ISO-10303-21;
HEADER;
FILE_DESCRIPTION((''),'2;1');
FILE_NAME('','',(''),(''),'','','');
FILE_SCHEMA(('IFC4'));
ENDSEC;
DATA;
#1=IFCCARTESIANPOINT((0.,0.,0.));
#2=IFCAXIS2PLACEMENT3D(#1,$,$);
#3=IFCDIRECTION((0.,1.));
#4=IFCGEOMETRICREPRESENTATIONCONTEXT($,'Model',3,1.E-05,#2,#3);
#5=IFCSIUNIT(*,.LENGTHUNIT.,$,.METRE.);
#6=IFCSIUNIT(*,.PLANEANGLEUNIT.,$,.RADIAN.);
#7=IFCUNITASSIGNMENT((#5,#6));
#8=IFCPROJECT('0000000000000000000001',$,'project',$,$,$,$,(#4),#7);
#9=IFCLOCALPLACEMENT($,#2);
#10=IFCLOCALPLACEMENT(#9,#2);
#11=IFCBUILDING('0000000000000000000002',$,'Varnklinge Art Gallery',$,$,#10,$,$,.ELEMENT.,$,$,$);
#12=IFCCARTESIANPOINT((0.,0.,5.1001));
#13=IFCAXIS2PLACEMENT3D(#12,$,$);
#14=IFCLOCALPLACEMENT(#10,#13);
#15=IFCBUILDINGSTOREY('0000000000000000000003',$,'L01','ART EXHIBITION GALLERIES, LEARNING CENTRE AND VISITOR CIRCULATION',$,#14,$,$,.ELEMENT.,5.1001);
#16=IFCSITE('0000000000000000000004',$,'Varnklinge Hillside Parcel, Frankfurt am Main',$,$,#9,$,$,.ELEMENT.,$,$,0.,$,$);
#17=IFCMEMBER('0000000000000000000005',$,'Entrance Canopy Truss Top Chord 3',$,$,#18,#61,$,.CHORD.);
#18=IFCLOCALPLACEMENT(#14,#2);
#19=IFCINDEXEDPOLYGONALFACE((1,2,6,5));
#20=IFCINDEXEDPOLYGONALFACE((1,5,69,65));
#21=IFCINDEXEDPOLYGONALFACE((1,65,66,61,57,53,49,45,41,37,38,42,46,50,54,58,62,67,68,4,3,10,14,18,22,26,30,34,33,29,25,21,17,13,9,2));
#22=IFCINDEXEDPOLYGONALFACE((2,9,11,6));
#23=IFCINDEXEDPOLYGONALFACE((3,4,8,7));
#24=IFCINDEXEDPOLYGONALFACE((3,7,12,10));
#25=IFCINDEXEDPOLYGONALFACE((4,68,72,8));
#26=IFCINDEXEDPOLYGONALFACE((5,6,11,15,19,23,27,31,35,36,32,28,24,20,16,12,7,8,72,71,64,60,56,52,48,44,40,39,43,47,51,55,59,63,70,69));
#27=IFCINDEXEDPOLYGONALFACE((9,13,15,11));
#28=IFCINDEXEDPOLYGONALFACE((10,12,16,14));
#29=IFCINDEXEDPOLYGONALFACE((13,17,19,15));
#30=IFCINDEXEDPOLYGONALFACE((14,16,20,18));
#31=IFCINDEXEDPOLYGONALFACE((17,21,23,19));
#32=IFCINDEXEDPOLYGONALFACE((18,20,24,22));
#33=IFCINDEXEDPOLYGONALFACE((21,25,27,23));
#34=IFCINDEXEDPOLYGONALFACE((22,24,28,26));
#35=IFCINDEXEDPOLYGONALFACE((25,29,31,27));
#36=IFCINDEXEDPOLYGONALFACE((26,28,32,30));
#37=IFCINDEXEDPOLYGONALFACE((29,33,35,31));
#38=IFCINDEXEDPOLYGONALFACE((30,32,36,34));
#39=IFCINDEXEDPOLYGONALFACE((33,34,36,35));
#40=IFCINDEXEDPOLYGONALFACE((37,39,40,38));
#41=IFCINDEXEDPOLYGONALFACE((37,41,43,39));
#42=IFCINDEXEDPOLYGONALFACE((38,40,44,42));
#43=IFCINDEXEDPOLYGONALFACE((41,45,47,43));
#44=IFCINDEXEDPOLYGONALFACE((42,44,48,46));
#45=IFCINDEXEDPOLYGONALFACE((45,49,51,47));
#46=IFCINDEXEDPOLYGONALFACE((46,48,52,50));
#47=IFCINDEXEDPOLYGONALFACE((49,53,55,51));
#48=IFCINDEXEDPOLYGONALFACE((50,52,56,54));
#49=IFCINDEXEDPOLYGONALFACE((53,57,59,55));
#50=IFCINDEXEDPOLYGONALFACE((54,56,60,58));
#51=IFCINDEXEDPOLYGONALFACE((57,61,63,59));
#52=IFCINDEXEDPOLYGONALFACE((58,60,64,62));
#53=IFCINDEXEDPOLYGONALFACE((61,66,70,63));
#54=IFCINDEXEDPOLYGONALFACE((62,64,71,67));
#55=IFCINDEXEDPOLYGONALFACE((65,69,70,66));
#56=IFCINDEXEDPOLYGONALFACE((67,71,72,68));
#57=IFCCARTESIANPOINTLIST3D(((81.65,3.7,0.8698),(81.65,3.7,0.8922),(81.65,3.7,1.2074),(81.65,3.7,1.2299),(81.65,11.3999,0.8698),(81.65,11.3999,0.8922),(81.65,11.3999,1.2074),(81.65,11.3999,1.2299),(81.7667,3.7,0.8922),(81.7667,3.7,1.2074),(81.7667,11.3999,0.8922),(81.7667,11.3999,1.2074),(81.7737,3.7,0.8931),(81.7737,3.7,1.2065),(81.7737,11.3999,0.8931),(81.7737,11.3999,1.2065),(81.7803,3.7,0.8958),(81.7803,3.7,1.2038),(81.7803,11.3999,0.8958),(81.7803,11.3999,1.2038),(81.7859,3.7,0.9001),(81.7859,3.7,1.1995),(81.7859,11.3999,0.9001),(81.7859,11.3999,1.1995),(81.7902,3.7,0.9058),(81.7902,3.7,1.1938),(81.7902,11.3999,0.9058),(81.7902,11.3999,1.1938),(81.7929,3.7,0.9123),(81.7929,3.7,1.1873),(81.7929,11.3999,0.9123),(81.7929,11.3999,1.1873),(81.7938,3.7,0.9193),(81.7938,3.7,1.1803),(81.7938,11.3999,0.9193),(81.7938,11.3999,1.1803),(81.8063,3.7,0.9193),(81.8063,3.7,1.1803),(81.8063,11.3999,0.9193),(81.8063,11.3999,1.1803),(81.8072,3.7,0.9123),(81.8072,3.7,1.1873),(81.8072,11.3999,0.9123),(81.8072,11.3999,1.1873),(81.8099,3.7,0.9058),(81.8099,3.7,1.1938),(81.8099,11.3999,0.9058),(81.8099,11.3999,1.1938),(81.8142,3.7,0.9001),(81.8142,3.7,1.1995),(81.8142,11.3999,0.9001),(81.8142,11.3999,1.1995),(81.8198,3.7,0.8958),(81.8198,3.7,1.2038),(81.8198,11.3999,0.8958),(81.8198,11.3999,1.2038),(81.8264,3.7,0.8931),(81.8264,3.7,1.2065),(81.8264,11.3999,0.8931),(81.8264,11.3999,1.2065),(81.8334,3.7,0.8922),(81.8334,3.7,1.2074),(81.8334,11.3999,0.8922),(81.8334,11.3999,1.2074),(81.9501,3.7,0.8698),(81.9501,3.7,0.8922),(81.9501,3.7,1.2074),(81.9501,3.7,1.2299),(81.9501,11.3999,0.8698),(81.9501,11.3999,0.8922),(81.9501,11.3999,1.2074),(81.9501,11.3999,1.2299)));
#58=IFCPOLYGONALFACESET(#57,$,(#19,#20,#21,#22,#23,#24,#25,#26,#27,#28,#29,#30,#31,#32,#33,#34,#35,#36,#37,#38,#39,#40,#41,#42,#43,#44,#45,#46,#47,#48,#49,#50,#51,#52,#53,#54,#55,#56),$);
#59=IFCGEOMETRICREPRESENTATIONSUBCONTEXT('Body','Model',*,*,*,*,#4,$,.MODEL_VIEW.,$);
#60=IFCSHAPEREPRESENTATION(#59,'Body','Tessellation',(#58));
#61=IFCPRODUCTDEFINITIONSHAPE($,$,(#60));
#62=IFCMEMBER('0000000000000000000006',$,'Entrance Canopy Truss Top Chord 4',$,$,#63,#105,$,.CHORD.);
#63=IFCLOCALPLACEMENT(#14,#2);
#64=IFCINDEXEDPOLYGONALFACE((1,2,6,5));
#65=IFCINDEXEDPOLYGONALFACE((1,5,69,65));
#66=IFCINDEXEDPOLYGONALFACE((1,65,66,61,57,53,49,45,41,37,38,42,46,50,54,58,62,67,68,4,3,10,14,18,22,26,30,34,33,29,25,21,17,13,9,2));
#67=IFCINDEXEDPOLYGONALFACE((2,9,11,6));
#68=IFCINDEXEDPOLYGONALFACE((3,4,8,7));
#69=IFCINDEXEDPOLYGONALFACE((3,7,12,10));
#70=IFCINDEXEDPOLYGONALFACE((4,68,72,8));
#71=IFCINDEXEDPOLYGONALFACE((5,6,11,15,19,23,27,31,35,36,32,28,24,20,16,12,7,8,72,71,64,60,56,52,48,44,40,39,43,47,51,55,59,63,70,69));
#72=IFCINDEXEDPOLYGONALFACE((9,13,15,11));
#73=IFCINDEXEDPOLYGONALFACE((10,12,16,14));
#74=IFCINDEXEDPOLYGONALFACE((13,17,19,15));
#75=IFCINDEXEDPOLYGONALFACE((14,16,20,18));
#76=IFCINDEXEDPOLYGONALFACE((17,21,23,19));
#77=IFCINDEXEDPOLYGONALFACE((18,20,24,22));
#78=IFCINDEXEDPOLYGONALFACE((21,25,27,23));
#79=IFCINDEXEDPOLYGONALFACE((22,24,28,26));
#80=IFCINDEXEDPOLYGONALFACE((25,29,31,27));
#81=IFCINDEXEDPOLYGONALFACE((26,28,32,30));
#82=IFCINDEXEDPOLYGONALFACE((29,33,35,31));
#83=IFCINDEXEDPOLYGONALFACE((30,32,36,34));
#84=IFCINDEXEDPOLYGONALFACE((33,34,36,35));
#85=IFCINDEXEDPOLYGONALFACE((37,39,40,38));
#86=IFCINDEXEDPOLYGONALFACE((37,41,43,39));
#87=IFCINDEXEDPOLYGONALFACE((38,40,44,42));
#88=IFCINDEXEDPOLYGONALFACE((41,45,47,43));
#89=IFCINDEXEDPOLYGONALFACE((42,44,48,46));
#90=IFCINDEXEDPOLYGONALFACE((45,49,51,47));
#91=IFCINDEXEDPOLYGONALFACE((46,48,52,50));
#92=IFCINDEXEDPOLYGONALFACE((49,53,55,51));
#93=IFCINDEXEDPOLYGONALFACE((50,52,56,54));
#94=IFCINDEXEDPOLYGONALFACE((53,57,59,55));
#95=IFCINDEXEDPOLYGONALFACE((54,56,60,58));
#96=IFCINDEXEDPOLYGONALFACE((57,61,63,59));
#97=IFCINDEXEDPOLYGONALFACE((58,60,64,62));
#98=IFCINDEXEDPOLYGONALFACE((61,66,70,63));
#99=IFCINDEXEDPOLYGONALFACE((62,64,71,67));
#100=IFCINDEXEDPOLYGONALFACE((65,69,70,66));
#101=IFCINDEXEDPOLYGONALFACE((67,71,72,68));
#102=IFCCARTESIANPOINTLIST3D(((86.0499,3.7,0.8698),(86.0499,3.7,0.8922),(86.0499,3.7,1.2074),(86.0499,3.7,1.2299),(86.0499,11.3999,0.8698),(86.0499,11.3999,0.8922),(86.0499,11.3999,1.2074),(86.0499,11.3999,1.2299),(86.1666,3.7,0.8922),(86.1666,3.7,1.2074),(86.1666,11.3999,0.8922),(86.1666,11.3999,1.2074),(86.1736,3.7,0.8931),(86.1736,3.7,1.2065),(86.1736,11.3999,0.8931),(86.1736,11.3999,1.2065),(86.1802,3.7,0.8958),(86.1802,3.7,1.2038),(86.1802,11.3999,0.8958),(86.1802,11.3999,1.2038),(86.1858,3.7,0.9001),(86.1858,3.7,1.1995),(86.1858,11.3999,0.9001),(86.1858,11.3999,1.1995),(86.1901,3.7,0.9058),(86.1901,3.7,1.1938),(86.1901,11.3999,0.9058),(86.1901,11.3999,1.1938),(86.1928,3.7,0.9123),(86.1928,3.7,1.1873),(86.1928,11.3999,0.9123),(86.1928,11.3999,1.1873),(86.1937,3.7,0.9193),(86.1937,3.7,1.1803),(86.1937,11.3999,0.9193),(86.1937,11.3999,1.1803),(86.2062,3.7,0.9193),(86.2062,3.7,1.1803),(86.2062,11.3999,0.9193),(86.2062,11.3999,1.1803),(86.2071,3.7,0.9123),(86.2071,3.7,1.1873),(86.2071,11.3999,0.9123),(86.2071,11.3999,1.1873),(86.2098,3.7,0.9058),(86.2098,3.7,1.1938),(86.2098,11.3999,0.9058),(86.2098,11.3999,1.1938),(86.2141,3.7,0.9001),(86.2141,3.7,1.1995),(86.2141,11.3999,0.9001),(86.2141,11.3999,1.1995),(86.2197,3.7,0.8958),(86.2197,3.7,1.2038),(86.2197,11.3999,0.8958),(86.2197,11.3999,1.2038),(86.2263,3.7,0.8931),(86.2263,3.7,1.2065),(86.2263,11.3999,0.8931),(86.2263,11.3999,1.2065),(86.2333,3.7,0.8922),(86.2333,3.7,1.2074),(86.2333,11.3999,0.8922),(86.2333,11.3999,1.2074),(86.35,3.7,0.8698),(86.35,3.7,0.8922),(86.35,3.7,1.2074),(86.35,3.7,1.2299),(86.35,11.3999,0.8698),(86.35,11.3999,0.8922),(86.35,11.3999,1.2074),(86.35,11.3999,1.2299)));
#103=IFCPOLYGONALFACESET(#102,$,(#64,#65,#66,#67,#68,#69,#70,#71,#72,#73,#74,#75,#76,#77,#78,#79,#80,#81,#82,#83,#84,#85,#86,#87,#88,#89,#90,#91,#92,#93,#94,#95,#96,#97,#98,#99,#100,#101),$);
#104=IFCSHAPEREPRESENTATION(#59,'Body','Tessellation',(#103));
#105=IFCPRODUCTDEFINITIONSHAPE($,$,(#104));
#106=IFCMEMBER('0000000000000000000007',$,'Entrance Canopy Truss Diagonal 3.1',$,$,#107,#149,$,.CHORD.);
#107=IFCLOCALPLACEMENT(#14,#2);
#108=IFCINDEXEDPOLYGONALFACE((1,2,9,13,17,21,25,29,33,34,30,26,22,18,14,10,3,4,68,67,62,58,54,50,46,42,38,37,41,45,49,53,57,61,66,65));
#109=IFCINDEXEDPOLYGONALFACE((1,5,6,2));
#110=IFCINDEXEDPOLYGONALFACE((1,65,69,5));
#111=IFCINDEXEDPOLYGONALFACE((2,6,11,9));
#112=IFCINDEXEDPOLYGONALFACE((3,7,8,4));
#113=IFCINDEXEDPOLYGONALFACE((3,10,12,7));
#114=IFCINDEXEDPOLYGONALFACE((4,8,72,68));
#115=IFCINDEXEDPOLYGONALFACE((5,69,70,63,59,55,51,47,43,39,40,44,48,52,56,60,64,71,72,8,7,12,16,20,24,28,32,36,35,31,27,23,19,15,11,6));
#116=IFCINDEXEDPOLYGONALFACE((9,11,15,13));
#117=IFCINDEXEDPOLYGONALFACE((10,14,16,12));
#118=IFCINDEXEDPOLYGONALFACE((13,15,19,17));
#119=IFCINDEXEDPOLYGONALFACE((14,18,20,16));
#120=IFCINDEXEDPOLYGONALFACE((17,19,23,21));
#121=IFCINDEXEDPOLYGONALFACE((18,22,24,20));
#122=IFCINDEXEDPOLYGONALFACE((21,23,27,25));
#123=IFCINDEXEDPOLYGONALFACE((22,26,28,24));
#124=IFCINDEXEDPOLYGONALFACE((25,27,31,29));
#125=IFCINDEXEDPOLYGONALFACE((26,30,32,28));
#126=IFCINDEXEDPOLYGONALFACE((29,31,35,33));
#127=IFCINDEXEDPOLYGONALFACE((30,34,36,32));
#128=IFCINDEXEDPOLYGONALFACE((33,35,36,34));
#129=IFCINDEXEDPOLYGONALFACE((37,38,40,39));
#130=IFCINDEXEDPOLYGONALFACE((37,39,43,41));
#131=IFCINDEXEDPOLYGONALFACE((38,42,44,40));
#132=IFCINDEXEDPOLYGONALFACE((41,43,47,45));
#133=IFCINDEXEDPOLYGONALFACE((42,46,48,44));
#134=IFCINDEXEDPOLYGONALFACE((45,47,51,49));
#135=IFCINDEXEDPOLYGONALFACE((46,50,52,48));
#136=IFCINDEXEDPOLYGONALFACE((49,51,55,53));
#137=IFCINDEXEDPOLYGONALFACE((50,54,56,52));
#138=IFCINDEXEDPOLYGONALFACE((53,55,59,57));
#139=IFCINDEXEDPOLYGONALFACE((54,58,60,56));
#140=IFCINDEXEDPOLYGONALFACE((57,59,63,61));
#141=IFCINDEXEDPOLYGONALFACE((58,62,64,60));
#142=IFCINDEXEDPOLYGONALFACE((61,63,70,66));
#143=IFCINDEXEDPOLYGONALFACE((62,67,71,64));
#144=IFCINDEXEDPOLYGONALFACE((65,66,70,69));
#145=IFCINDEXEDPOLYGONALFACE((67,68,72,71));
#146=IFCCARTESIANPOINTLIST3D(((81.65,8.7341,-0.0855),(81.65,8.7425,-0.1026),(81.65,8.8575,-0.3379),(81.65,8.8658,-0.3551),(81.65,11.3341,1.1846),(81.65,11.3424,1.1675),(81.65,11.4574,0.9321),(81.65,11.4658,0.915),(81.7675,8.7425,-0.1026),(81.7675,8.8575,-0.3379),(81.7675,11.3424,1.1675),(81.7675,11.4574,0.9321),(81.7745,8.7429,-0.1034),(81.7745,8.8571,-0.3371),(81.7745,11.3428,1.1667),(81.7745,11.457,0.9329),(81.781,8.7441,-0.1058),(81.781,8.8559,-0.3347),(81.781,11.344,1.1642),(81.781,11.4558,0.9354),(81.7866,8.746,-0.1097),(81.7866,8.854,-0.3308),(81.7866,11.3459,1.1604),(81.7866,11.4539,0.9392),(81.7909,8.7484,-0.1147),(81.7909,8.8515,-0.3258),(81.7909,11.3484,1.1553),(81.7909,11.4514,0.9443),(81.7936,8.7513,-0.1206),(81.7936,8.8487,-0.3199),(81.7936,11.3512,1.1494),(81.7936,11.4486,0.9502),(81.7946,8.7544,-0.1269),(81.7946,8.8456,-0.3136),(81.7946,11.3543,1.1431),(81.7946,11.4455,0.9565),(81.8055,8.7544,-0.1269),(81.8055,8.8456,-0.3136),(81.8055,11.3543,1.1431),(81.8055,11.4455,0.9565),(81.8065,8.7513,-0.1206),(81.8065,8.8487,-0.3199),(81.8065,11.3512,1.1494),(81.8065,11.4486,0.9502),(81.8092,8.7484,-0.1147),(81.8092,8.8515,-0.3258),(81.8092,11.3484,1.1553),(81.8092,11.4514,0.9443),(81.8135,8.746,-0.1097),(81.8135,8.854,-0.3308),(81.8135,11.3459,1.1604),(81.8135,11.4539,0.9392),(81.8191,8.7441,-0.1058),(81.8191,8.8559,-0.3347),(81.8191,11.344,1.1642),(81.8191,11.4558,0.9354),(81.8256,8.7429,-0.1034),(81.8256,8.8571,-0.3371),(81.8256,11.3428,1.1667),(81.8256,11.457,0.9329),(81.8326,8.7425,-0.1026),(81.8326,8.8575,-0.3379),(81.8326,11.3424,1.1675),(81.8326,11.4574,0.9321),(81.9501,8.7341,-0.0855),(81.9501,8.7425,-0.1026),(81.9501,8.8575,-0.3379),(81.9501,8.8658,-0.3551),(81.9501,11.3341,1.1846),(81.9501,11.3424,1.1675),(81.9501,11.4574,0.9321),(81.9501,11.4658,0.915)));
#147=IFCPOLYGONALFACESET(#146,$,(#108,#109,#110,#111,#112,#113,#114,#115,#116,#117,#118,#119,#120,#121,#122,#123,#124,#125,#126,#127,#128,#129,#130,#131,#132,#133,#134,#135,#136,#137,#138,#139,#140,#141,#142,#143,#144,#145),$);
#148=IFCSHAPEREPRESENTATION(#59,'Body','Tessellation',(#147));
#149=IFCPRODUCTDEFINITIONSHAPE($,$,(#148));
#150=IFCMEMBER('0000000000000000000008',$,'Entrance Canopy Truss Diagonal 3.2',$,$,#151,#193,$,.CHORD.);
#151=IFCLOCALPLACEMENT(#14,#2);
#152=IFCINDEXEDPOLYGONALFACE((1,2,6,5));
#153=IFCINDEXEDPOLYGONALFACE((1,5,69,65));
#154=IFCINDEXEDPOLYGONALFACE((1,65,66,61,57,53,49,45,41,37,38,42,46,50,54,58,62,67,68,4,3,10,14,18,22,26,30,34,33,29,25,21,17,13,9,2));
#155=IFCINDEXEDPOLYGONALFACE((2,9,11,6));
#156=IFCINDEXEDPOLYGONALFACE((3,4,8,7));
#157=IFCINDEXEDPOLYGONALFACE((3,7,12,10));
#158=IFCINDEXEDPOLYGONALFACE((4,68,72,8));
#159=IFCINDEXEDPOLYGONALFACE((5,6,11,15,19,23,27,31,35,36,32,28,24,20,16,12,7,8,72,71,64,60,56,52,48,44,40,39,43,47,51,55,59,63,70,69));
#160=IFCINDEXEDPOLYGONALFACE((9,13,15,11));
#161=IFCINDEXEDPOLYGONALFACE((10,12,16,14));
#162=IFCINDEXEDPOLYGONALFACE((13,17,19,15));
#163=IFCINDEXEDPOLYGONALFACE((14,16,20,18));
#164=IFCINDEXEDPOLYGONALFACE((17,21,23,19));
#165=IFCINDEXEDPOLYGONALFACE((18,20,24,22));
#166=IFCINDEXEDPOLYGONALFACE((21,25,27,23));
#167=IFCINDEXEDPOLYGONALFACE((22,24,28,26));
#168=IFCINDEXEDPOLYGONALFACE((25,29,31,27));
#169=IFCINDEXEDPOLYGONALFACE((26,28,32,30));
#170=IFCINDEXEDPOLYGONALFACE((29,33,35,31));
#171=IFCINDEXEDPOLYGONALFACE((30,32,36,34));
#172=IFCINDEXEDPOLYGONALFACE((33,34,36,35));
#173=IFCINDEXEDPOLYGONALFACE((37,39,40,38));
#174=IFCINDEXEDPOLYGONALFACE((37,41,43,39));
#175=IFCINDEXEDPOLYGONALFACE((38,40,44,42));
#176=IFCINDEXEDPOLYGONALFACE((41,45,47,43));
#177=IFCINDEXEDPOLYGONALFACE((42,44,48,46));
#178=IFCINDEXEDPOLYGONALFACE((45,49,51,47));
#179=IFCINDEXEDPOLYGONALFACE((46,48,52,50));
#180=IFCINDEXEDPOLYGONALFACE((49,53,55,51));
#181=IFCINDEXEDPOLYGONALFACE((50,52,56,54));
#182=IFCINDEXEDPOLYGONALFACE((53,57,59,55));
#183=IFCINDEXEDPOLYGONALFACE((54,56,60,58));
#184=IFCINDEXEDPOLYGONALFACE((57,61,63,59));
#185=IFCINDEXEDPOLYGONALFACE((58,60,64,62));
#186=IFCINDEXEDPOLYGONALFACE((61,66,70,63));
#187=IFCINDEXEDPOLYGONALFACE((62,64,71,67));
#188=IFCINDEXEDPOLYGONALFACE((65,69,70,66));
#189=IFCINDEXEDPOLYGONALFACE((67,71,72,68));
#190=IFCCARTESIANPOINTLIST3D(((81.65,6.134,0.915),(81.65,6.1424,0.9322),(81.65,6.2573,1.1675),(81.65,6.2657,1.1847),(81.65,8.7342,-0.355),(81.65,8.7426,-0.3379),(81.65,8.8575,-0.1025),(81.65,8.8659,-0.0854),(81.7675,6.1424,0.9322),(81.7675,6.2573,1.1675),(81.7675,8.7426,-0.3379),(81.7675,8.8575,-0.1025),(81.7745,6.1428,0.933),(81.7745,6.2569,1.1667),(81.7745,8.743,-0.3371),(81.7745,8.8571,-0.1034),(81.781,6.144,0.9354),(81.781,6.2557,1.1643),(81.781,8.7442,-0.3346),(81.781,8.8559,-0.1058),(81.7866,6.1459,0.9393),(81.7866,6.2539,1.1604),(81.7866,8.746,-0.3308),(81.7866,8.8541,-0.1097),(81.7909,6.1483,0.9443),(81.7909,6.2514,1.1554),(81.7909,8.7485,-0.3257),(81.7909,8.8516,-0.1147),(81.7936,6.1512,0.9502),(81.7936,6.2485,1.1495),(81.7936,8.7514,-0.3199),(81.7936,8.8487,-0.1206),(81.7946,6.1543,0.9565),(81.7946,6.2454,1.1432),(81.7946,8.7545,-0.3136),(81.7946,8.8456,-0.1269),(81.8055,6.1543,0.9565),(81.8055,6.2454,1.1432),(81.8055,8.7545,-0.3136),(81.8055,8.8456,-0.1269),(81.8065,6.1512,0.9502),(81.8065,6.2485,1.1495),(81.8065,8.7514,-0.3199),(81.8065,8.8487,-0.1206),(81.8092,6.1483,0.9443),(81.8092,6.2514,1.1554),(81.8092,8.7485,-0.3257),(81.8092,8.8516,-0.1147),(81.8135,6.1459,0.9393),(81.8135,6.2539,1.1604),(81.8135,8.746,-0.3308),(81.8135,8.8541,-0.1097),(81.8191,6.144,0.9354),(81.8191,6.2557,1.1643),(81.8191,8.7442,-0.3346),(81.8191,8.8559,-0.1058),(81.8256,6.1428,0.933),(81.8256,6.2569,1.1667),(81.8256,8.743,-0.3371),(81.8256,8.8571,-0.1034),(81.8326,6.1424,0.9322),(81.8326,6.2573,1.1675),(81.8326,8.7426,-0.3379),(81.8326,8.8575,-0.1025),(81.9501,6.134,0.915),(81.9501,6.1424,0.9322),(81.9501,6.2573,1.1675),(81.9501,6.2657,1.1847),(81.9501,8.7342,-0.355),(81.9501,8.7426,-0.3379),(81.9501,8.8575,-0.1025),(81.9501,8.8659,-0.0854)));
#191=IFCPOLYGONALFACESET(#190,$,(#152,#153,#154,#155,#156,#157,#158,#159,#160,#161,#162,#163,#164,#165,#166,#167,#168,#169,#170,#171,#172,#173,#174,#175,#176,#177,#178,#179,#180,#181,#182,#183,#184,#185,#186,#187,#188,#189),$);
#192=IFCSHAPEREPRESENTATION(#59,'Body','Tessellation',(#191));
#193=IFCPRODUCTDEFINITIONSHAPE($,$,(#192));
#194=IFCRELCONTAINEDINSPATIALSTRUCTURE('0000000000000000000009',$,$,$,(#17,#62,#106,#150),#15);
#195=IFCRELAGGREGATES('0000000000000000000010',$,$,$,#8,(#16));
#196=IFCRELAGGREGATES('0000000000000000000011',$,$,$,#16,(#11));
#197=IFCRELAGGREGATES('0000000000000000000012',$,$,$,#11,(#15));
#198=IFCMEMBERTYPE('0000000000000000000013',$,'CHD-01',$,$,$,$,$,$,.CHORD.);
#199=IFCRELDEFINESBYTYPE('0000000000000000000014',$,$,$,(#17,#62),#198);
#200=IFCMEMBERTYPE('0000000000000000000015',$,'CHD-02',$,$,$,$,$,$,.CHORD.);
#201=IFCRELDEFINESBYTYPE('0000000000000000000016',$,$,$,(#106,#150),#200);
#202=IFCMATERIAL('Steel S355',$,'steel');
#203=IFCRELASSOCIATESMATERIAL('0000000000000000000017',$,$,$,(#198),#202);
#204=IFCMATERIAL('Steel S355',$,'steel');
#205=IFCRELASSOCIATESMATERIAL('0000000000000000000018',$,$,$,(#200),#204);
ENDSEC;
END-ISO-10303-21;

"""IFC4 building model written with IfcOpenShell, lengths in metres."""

from ifc_helpers import new_model, si_unit, direction, frame, origin, origin_2d, place, context, subcontext, project, spatial, i_section, extrude, material, material_profile, profile_set, type_object, element, save


model = new_model("IFC4")

# Units and contexts
model_context = context("Model", 3, precision=1e-05, world=origin(), true_north=direction((0.0, 1.0)))
body_context = subcontext(model_context, "Body", "Model", "MODEL_VIEW")
ifc_project = project(units=[si_unit("LENGTHUNIT", "METRE"), si_unit("PLANEANGLEUNIT", "RADIAN")], contexts=[model_context])

# Site, building, storey
site_placement = place(None, origin())
site = spatial("IfcSite", under=ifc_project, at=site_placement, Name="Varnklinge Hillside Parcel, Frankfurt am Main", CompositionType="ELEMENT", RefElevation=0.0)
building_placement = place(site_placement, origin())
building = spatial("IfcBuilding", under=site, at=building_placement, Name="Varnklinge Art Gallery", CompositionType="ELEMENT")
storey_placement = place(building_placement, frame((0.0, 0.0, 5.1001)))
storey = spatial("IfcBuildingStorey", under=building, at=storey_placement, Name="L01", Description="ART EXHIBITION GALLERIES, LEARNING CENTRE AND VISITOR CIRCULATION", CompositionType="ELEMENT", Elevation=5.1001)

# Members
ifc_material_1 = material(Name="Steel S355", Category="steel")
ifc_material_profile_1 = material_profile(ifc_material_1, i_section(OverallWidth=0.3, OverallDepth=0.3601, WebThickness=0.0125, FlangeThickness=0.0225, FilletRadius=0.0271, at=origin_2d()), Name="HEB 360")
ifc_profile_set_1 = profile_set([ifc_material_profile_1], Name="Steel S355")
member_type_1 = type_object("IfcMemberType", Name="CHD-01", PredefinedType="CHORD", material=ifc_profile_set_1)
for number, where, z_axis, x_axis, name in (
    (1, (81.8, 11.3999, 1.0498), (0.0, -1.0, 0.0), (1.0, 0.0, 0.0), "Entrance Canopy Truss Top Chord 3"),
    (2, (86.2, 11.3999, 1.0498), (0.0, -1.0, 0.0), (1.0, 0.0, 0.0), "Entrance Canopy Truss Top Chord 4"),
):
    element("IfcMember", number, at=place(storey_placement, frame(where, z_axis=z_axis, x_axis=x_axis)), inside=storey, type_object=member_type_1, Name=name, PredefinedType="CHORD", context=body_context, shape_type="SweptSolid", body=[
        extrude(i_section(OverallWidth=0.3, OverallDepth=0.3601, WebThickness=0.0125, FlangeThickness=0.0225, FilletRadius=0.0271, at=origin_2d()), origin(), (0.0, 0.0, 1.0), 7.7),
    ])
ifc_material_2 = material(Name="Steel S355", Category="steel")
ifc_material_profile_2 = material_profile(ifc_material_2, i_section(OverallWidth=0.3, OverallDepth=0.3, WebThickness=0.011, FlangeThickness=0.019, FilletRadius=0.0271, at=origin_2d()), Name="HEB 300")
ifc_profile_set_2 = profile_set([ifc_material_profile_2], Name="Steel S355")
member_type_2 = type_object("IfcMemberType", Name="CHD-02", PredefinedType="CHORD", material=ifc_profile_set_2)
member_1_placement = place(storey_placement, frame((81.8, 11.3999, 1.0498), z_axis=(0.0, -0.898523, -0.438926), x_axis=(1.0, 0.0, 0.0)))
element("IfcMember", 3, at=member_1_placement, inside=storey, type_object=member_type_2, Name="Entrance Canopy Truss Diagonal 3.1", PredefinedType="CHORD", context=body_context, shape_type="SweptSolid", body=[
    extrude(i_section(OverallWidth=0.3, OverallDepth=0.3, WebThickness=0.011, FlangeThickness=0.019, FilletRadius=0.0271, at=origin_2d()), origin(), (0.0, 0.0, 1.0), 2.8936),
])
member_2_placement = place(storey_placement, frame((81.8, 8.8, -0.2202), z_axis=(0.0, -0.89854, 0.438892), x_axis=(1.0, 0.0, 0.0)))
element("IfcMember", 4, at=member_2_placement, inside=storey, type_object=member_type_2, Name="Entrance Canopy Truss Diagonal 3.2", PredefinedType="CHORD", context=body_context, shape_type="SweptSolid", body=[
    extrude(i_section(OverallWidth=0.3, OverallDepth=0.3, WebThickness=0.011, FlangeThickness=0.019, FilletRadius=0.0271, at=origin_2d()), origin(), (0.0, 0.0, 1.0), 2.8938),
])

save(model, "model.ifc")
